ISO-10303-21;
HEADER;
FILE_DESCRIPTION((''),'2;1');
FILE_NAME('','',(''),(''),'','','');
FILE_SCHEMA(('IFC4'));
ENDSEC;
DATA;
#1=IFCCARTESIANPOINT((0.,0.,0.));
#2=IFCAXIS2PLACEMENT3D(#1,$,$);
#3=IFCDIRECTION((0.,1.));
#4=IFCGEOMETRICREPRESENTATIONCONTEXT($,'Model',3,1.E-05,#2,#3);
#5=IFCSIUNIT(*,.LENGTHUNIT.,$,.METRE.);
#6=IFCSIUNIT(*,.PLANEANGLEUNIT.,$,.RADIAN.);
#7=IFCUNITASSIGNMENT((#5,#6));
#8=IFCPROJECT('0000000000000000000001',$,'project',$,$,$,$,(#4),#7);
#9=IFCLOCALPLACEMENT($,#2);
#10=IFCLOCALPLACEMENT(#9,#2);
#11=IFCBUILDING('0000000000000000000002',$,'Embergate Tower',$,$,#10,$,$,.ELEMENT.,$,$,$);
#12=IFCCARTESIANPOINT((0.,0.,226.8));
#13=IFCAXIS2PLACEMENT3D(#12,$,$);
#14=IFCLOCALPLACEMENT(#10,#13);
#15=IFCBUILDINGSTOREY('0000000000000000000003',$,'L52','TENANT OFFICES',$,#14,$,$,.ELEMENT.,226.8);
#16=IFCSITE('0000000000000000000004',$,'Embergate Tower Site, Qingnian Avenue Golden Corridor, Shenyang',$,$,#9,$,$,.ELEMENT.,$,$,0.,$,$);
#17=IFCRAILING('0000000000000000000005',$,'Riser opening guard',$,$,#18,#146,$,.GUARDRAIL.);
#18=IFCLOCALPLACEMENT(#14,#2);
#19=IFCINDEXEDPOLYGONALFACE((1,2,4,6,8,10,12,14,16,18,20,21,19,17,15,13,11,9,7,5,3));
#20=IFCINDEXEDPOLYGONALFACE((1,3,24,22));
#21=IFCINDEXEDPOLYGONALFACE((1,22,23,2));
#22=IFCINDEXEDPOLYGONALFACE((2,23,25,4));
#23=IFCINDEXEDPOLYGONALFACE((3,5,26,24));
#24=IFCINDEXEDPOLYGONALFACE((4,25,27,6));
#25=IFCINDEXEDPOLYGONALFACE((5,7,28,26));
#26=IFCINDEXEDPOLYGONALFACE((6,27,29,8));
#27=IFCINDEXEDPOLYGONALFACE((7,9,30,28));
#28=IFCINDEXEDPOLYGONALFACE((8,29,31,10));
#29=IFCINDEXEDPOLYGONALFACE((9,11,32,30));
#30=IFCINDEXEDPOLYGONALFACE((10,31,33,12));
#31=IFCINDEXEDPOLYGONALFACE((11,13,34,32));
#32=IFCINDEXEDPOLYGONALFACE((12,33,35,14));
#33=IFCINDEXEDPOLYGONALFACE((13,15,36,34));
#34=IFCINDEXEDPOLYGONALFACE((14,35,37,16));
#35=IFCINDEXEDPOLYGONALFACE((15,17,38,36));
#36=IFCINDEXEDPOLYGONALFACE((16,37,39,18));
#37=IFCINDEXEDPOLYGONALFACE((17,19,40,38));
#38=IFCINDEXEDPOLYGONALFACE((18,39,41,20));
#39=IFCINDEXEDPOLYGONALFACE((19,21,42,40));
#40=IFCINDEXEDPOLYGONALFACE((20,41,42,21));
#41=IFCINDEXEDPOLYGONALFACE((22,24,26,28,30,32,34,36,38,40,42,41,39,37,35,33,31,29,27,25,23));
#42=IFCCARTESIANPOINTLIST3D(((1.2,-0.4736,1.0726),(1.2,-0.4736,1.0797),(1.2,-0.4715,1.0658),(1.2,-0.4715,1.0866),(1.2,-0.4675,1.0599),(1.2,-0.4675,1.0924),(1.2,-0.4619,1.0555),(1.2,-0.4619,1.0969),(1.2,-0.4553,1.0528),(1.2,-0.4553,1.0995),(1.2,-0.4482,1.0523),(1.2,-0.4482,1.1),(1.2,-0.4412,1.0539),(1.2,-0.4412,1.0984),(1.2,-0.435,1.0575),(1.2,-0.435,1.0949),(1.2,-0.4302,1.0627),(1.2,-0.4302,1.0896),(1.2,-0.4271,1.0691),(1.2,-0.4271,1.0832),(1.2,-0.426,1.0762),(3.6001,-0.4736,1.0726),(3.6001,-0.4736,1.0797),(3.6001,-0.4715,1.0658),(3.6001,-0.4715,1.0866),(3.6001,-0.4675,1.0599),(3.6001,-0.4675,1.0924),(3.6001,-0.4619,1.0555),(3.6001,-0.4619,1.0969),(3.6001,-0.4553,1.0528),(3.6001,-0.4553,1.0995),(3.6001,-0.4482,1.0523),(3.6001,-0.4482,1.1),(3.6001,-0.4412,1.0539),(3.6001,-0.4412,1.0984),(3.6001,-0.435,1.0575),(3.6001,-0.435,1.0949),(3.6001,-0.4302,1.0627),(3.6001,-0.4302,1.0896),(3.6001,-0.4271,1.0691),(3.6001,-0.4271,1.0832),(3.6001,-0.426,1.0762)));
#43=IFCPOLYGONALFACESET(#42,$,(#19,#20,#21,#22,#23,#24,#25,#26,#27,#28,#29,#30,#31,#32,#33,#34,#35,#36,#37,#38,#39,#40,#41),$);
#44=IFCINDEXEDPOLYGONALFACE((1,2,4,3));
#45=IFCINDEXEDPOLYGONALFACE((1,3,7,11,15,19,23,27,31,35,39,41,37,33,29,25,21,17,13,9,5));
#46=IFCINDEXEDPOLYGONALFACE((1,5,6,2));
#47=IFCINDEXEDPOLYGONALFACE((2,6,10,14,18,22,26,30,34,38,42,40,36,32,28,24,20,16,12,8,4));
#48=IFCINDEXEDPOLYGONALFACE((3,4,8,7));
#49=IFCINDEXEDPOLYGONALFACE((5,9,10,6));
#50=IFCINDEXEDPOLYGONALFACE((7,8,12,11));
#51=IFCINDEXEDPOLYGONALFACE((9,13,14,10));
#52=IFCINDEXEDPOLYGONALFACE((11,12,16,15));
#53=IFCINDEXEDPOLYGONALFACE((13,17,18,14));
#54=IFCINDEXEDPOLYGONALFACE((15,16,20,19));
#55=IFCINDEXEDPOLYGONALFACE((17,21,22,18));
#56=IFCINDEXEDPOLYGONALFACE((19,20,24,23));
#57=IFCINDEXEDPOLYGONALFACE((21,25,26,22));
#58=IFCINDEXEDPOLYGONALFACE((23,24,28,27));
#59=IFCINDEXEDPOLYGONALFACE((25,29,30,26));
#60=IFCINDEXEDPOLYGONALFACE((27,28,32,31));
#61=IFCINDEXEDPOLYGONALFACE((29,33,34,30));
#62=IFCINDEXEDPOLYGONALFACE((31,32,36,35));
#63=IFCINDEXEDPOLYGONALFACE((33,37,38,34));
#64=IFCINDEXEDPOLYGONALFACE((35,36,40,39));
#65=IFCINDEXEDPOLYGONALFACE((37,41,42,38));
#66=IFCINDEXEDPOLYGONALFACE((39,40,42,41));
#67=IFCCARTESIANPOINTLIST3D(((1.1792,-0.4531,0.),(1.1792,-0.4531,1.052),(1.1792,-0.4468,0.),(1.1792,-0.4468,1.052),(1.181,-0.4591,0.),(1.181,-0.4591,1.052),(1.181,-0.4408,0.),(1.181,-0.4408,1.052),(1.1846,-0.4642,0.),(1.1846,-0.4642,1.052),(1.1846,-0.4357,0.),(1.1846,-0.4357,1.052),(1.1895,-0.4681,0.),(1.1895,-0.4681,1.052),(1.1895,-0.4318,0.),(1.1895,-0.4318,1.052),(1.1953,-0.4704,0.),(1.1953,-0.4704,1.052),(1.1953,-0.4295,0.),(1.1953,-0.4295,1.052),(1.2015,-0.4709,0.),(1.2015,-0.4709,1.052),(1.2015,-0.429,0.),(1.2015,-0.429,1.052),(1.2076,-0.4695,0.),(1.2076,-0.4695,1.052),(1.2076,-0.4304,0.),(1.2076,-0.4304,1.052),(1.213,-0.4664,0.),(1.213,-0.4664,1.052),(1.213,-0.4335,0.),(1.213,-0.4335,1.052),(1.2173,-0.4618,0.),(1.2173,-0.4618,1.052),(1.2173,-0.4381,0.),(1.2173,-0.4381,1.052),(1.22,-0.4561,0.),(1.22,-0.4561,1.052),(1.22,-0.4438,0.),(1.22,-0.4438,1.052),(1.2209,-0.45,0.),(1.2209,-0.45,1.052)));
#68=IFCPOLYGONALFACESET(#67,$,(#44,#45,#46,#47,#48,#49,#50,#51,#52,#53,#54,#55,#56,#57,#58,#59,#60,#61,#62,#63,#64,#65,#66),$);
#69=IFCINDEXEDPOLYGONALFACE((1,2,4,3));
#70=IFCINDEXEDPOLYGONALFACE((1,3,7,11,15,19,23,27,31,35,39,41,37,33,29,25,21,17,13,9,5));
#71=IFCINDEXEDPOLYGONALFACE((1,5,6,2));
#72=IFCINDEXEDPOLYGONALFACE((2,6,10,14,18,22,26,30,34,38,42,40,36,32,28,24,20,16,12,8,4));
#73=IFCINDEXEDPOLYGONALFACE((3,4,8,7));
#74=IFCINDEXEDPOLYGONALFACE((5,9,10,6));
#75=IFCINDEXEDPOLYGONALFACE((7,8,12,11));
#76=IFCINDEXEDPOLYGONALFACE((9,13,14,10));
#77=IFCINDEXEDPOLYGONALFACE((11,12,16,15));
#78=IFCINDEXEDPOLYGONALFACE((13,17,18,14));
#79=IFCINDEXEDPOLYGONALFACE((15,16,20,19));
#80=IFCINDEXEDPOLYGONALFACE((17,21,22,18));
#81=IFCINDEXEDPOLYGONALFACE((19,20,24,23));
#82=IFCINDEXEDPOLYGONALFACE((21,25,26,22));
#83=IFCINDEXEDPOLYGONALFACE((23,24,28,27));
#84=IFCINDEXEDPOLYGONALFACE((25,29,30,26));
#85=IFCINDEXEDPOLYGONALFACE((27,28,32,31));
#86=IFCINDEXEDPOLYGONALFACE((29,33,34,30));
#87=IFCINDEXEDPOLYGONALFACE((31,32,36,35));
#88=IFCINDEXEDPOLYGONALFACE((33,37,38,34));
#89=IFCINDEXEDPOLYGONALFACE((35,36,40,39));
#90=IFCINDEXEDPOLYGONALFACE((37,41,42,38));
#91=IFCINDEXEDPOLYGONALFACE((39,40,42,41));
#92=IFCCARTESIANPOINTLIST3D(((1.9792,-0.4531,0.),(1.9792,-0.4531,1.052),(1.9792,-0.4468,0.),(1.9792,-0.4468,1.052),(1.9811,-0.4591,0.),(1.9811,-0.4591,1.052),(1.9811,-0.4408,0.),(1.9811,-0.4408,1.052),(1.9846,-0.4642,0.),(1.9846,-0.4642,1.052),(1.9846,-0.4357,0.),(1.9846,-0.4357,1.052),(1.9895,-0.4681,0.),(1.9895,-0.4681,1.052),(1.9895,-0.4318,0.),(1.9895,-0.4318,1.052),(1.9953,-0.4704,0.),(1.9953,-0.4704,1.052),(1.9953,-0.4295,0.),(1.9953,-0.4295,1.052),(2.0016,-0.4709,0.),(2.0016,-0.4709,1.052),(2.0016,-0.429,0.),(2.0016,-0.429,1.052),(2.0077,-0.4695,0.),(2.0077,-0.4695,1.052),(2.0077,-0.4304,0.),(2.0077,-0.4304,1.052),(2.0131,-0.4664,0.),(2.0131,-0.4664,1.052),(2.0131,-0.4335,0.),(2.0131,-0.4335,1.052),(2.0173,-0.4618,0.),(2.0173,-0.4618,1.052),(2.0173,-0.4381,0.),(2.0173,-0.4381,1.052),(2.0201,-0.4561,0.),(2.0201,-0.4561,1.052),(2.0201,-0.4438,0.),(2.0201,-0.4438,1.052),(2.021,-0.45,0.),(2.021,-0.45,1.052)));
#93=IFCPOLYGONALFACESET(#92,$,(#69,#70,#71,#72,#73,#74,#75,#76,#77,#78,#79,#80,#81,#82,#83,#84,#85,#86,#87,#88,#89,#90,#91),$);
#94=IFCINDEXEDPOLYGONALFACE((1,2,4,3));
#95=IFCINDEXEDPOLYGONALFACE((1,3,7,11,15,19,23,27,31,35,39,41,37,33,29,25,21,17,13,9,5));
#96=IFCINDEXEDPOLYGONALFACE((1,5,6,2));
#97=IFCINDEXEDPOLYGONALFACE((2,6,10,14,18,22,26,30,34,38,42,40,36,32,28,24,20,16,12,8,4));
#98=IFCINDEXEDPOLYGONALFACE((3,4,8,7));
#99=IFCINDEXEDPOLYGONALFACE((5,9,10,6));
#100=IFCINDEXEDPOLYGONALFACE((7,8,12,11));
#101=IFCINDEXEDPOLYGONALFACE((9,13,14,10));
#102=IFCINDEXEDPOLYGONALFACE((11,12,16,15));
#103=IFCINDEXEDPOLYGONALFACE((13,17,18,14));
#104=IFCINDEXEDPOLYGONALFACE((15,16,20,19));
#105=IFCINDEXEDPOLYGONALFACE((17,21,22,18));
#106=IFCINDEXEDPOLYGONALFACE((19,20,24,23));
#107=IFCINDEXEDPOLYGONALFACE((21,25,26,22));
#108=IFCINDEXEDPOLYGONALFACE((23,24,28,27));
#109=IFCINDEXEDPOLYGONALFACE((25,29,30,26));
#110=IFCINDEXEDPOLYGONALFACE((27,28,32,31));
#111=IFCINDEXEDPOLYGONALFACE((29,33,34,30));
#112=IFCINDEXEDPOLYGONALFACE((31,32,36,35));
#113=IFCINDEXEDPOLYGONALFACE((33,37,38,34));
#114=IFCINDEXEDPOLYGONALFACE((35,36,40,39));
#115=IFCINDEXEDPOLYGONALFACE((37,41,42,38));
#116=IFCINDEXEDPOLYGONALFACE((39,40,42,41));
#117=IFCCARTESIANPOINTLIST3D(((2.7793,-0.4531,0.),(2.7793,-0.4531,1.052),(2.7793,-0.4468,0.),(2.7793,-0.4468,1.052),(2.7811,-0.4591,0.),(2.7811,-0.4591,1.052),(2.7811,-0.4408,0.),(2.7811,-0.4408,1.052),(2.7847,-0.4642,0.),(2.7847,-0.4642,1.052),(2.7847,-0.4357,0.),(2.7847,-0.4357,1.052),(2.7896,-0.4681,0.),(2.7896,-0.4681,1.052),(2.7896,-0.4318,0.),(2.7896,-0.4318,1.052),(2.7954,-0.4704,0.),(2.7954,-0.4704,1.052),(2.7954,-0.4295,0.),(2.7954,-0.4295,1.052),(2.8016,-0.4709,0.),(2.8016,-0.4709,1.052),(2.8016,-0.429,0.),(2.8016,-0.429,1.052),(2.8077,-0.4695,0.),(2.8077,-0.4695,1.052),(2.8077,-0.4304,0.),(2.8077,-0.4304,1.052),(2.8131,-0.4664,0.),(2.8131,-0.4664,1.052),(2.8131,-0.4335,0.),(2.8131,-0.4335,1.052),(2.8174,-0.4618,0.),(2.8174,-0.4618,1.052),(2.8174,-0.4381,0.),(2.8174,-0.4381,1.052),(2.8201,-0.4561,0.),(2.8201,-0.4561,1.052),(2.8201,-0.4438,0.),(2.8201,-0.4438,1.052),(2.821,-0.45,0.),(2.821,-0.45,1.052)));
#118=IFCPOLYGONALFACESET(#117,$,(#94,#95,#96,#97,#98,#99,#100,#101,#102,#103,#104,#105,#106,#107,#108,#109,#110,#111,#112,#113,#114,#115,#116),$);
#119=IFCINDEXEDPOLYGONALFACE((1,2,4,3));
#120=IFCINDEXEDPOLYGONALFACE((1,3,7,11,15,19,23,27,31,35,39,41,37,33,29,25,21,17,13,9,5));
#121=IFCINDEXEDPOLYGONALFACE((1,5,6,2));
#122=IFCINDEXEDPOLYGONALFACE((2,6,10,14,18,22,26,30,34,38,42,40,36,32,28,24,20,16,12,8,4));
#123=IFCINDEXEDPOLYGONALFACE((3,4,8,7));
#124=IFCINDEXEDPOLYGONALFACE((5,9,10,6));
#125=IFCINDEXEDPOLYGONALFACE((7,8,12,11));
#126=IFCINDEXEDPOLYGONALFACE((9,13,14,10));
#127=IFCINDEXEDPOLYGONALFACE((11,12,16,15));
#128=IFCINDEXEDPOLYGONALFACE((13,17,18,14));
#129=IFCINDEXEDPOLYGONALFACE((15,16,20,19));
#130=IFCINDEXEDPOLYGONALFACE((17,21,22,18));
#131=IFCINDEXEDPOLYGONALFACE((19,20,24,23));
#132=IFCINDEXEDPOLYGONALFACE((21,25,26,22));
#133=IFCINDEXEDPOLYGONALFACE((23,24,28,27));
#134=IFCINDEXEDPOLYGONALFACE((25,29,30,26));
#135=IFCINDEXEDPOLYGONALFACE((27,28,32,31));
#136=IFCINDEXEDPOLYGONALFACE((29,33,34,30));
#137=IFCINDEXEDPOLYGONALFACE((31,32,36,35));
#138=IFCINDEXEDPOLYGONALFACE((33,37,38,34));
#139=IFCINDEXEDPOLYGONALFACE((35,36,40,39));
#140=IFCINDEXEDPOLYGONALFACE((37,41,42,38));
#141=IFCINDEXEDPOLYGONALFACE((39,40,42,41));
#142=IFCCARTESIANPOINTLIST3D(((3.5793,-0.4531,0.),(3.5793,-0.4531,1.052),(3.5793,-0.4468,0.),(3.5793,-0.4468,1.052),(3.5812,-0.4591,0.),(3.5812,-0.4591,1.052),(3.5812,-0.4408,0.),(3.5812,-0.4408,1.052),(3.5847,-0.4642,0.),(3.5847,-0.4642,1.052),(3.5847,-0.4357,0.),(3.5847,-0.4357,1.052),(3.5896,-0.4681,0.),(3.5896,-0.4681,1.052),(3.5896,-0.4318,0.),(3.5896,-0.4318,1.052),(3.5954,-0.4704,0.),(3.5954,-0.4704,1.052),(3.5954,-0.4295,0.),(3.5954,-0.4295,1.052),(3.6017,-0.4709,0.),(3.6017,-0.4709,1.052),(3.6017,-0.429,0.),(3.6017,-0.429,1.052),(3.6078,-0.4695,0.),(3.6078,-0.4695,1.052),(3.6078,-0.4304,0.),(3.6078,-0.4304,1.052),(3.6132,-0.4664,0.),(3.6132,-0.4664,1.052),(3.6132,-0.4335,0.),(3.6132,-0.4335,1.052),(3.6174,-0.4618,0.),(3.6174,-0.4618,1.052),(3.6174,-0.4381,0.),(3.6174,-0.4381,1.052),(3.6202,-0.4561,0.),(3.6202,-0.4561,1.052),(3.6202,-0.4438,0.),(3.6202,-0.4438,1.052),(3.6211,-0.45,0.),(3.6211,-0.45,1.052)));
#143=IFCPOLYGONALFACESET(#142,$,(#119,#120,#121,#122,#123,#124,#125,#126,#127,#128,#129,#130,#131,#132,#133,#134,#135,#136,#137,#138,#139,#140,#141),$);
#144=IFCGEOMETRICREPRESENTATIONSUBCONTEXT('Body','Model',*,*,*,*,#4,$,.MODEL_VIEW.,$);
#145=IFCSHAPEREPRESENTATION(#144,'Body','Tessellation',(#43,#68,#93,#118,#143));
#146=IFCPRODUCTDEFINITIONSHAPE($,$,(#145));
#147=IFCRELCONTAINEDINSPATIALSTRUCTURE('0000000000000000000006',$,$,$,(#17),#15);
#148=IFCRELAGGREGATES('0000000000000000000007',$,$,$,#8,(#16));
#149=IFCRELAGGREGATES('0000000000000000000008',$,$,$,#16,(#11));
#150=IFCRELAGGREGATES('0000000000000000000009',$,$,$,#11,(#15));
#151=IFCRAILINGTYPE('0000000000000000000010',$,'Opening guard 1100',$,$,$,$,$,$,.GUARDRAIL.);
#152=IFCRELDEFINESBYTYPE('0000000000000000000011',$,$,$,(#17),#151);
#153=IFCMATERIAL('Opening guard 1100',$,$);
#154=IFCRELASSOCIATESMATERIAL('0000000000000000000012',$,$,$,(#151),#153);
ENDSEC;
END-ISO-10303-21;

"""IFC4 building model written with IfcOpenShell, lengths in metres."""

from ifc_helpers import new_model, si_unit, direction, frame, origin, origin_2d, place, context, subcontext, project, spatial, circle, extrude, source, transform, mapped, material, type_object, element, save


model = new_model("IFC4")

# Units and contexts
model_context = context("Model", 3, precision=1e-05, world=origin(), true_north=direction((0.0, 1.0)))
body_context = subcontext(model_context, "Body", "Model", "MODEL_VIEW")
ifc_project = project(units=[si_unit("LENGTHUNIT", "METRE"), si_unit("PLANEANGLEUNIT", "RADIAN")], contexts=[model_context])

# Site, building, storey
site_placement = place(None, origin())
site = spatial("IfcSite", under=ifc_project, at=site_placement, Name="Embergate Tower Site, Qingnian Avenue Golden Corridor, Shenyang", CompositionType="ELEMENT", RefElevation=0.0)
building_placement = place(site_placement, origin())
building = spatial("IfcBuilding", under=site, at=building_placement, Name="Embergate Tower", CompositionType="ELEMENT")
storey_placement = place(building_placement, frame((0.0, 0.0, 226.8)))
storey = spatial("IfcBuildingStorey", under=building, at=storey_placement, Name="L52", Description="TENANT OFFICES", CompositionType="ELEMENT", Elevation=226.8)

# Railing
ifc_material_1 = material(Name="Opening guard 1100")
railing_type_1 = type_object("IfcRailingType", Name="Opening guard 1100", PredefinedType="GUARDRAIL", material=ifc_material_1)
shared_shape_1 = source(origin(), body_context, "Body", "SweptSolid", [
    extrude(circle(Radius=0.0239, at=origin_2d()), frame((0.0, 0.0, 1.0762), z_axis=(1.0, 0.0, 0.0), x_axis=(0.0, 1.0, 0.0)), (0.0, 0.0, 1.0), 2.4001),
    extrude(circle(Radius=0.021, at=origin_2d()), origin(), (0.0, 0.0, 1.0), 1.052),
    extrude(circle(Radius=0.021, at=origin_2d()), frame((0.8, 0.0, 0.0)), (0.0, 0.0, 1.0), 1.052),
    extrude(circle(Radius=0.021, at=origin_2d()), frame((1.6001, 0.0, 0.0)), (0.0, 0.0, 1.0), 1.052),
    extrude(circle(Radius=0.021, at=origin_2d()), frame((2.4001, 0.0, 0.0)), (0.0, 0.0, 1.0), 1.052),
])
railing_1_placement = place(storey_placement, frame((1.2, -0.45, 0.0)))
element("IfcRailing", 1, at=railing_1_placement, inside=storey, type_object=railing_type_1, Name="Riser opening guard", PredefinedType="GUARDRAIL", context=body_context, shape_type="MappedRepresentation", body=[
    mapped(shared_shape_1, transform((0.0, 0.0, 0.0))),
])

save(model, "model.ifc")
